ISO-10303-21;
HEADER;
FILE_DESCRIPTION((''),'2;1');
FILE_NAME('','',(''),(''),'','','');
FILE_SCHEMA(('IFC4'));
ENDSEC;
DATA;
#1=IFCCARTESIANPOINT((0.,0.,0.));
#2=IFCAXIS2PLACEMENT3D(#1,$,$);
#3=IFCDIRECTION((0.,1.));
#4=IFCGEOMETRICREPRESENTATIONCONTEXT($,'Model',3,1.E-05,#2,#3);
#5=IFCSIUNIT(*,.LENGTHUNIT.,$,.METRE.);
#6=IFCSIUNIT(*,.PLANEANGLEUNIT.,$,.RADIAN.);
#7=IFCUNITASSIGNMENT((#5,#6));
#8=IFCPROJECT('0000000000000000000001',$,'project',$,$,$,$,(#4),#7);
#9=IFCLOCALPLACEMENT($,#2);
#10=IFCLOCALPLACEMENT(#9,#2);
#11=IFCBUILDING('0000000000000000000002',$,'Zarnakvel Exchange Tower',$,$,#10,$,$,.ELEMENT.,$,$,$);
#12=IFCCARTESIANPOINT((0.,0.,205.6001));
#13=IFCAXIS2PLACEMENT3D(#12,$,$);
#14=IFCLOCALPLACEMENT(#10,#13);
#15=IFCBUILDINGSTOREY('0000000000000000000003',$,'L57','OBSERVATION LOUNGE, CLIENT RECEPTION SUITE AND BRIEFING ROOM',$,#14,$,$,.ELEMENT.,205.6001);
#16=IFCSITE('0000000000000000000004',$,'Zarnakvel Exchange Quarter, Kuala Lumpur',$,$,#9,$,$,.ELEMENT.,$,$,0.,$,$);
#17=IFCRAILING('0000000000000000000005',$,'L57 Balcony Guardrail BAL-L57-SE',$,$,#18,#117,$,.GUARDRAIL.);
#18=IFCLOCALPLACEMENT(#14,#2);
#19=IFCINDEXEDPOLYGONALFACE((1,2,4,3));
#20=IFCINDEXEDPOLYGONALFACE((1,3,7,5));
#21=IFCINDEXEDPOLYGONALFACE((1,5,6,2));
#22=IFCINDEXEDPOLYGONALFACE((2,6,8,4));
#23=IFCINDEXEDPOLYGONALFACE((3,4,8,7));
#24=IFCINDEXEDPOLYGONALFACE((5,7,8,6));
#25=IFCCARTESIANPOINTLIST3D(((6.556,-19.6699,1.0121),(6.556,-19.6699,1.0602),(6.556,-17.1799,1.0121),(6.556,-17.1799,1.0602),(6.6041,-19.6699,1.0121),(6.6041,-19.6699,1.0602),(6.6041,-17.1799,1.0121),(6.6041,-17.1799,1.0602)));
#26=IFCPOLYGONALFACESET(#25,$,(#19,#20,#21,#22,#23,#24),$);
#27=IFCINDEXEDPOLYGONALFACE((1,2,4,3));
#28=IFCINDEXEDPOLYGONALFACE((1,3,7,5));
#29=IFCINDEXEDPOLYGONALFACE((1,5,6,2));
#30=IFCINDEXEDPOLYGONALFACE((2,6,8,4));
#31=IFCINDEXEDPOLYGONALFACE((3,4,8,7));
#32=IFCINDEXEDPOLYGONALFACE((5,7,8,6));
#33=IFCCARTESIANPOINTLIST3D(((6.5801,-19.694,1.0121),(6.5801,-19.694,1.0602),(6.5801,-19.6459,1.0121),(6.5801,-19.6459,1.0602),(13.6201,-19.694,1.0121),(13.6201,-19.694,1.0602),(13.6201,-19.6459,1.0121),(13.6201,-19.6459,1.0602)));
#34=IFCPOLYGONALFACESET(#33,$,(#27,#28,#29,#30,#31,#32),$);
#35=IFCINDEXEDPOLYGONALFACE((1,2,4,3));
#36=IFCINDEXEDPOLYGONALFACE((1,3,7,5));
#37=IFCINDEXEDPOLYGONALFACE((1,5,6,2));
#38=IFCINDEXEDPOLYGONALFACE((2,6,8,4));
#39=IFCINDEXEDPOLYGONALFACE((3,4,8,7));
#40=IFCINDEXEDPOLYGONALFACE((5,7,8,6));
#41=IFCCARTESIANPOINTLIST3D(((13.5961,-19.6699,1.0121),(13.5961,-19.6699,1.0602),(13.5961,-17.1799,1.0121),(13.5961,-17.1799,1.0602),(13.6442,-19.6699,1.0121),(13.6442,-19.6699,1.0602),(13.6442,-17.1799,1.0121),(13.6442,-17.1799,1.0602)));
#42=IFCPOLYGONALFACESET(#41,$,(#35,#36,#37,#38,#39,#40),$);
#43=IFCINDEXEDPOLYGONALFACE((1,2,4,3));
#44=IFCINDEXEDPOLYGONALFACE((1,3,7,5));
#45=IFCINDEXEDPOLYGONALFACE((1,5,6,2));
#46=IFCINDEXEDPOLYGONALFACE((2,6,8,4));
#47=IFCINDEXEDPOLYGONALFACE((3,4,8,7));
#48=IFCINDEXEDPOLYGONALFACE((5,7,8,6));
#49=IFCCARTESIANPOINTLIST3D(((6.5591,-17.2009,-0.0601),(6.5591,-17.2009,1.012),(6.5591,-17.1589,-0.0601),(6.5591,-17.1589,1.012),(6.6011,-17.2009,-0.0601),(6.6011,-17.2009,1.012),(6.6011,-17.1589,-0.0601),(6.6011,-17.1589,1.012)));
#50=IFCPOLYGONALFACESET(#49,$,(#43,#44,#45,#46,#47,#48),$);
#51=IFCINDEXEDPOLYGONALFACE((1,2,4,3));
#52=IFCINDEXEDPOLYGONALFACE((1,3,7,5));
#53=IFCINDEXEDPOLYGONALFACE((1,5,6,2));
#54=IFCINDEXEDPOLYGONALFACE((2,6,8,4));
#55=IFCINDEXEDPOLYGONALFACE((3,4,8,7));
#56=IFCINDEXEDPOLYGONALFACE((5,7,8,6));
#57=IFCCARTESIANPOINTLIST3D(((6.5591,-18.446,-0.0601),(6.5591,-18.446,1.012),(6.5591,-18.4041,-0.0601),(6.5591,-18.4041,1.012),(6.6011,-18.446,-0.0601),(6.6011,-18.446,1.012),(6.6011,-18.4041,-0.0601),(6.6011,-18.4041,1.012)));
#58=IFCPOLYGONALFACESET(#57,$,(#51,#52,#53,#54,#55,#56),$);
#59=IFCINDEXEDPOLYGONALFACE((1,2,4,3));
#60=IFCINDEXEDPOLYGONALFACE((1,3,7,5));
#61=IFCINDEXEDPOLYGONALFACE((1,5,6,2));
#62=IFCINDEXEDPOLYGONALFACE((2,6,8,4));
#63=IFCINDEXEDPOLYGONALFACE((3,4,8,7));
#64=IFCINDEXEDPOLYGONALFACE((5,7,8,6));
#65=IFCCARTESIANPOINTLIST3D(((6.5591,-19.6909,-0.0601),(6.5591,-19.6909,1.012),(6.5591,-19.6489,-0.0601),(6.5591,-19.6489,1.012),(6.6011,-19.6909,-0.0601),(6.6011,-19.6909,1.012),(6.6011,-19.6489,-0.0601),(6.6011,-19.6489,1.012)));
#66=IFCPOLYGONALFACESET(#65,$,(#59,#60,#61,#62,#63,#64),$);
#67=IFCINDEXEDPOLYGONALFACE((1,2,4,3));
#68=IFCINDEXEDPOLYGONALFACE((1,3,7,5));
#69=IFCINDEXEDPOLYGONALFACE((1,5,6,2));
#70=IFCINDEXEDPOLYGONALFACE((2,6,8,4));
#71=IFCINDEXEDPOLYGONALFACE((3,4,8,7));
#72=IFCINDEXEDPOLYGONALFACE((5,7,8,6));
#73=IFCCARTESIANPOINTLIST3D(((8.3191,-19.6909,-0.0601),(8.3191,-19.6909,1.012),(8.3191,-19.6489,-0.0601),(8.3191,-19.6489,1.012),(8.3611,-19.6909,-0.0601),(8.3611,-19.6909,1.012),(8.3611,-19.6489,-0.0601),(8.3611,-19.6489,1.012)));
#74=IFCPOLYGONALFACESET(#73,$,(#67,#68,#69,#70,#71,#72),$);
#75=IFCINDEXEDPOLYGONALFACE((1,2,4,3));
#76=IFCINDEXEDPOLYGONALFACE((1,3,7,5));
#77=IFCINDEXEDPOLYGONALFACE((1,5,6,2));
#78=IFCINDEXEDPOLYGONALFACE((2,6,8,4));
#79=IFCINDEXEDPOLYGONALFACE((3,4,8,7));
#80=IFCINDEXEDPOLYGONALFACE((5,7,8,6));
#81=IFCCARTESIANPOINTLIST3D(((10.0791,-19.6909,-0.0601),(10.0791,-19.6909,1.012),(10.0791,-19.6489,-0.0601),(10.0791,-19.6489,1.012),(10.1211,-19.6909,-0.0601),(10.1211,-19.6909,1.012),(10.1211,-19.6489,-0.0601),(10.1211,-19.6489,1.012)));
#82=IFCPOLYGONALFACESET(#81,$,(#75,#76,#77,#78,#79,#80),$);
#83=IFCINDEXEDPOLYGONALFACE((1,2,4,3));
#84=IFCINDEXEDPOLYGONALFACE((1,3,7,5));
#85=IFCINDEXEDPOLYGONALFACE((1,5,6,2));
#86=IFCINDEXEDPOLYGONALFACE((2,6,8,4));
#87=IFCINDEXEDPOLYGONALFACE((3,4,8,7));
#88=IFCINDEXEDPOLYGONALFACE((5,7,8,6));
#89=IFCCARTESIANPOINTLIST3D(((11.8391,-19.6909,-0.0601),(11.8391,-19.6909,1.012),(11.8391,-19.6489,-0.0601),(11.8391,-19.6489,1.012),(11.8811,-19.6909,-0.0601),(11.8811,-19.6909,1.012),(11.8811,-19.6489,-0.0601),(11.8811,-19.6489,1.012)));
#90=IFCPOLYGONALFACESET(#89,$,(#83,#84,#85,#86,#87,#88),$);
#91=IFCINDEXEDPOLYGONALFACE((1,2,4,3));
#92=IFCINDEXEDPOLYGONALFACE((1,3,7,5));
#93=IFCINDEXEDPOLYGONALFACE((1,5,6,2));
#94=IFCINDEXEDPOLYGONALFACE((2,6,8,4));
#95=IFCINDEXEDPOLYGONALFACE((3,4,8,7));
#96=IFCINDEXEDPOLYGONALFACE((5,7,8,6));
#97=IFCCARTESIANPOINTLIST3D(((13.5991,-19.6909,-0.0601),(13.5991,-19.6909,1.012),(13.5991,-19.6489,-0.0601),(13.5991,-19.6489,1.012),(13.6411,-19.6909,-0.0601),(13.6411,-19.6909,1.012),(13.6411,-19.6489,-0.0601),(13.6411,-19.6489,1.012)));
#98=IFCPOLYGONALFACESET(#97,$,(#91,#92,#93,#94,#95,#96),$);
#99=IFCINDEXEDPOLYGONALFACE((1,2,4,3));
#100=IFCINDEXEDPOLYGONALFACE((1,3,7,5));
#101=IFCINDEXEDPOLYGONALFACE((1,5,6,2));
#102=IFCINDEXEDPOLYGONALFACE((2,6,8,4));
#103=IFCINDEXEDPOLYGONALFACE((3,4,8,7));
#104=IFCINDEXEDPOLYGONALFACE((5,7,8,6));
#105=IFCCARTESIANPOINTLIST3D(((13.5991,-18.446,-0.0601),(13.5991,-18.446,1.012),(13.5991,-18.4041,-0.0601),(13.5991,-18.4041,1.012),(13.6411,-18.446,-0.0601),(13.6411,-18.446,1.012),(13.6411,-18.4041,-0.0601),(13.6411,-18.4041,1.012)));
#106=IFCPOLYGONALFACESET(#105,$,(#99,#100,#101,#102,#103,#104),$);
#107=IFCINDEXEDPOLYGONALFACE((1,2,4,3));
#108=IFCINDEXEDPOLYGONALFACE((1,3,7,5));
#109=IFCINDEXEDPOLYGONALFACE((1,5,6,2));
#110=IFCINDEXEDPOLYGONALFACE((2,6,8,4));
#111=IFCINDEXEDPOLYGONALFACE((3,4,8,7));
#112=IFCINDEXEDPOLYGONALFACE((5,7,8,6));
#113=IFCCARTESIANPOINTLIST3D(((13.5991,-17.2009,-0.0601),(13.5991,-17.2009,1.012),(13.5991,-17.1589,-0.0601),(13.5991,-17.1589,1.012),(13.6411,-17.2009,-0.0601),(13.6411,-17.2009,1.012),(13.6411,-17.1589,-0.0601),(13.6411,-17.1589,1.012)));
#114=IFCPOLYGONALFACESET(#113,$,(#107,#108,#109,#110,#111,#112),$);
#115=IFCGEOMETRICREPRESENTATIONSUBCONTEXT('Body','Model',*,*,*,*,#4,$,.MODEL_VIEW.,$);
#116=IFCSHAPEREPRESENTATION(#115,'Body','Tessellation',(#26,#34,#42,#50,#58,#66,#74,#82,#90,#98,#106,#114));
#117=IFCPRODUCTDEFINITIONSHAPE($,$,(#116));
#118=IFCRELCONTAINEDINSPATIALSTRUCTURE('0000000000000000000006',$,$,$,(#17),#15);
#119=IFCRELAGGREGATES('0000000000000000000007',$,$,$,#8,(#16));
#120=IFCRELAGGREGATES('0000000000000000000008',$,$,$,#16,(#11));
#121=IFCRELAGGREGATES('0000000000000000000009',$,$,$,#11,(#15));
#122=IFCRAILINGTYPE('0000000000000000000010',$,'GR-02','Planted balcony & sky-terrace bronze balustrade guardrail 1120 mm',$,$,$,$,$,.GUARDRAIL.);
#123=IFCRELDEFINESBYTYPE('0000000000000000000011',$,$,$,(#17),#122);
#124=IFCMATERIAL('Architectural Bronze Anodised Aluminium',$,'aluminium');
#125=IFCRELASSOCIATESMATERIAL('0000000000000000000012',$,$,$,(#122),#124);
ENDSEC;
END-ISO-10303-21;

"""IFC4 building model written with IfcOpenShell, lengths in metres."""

from ifc_helpers import new_model, si_unit, direction, frame, origin, origin_2d, place, context, subcontext, project, spatial, rectangle, extrude, material, type_object, element, save


model = new_model("IFC4")

# Units and contexts
model_context = context("Model", 3, precision=1e-05, world=origin(), true_north=direction((0.0, 1.0)))
body_context = subcontext(model_context, "Body", "Model", "MODEL_VIEW")
ifc_project = project(units=[si_unit("LENGTHUNIT", "METRE"), si_unit("PLANEANGLEUNIT", "RADIAN")], contexts=[model_context])

# Site, building, storey
site_placement = place(None, origin())
site = spatial("IfcSite", under=ifc_project, at=site_placement, Name="Zarnakvel Exchange Quarter, Kuala Lumpur", CompositionType="ELEMENT", RefElevation=0.0)
building_placement = place(site_placement, origin())
building = spatial("IfcBuilding", under=site, at=building_placement, Name="Zarnakvel Exchange Tower", CompositionType="ELEMENT")
storey_placement = place(building_placement, frame((0.0, 0.0, 205.6001)))
storey = spatial("IfcBuildingStorey", under=building, at=storey_placement, Name="L57", Description="OBSERVATION LOUNGE, CLIENT RECEPTION SUITE AND BRIEFING ROOM", CompositionType="ELEMENT", Elevation=205.6001)

# Shared definitions
ifc_material_1 = material(Name="Architectural Bronze Anodised Aluminium", Category="aluminium")

# Railing
railing_type = type_object("IfcRailingType", Name="GR-02", Description="Planted balcony & sky-terrace bronze balustrade guardrail 1120 mm", PredefinedType="GUARDRAIL", material=ifc_material_1)
railing_placement = place(storey_placement, frame((6.5801, -17.1799, -0.0601)))
element("IfcRailing", 1, at=railing_placement, inside=storey, type_object=railing_type, Name="L57 Balcony Guardrail BAL-L57-SE", PredefinedType="GUARDRAIL", context=body_context, shape_type="SweptSolid", body=[
    extrude(rectangle(XDim=0.0481, YDim=0.0481, at=origin_2d()), frame((0.0, 0.0, 1.0962), z_axis=(0.0, -1.0, 0.0), x_axis=(1.0, 0.0, 0.0)), (0.0, 0.0, 1.0), 2.49),
    extrude(rectangle(XDim=0.0481, YDim=0.0481, at=origin_2d()), frame((0.0, -2.49, 1.0962), z_axis=(1.0, 0.0, 0.0), x_axis=(0.0, 1.0, 0.0)), (0.0, 0.0, 1.0), 7.04),
    extrude(rectangle(XDim=0.0481, YDim=0.0481, at=origin_2d()), frame((7.04, -2.49, 1.0962), z_axis=(0.0, 1.0, 0.0), x_axis=(-1.0, 0.0, 0.0)), (0.0, 0.0, 1.0), 2.49),
    extrude(rectangle(XDim=0.042, YDim=0.042, at=origin_2d()), origin(), (0.0, 0.0, 1.0), 1.072),
    extrude(rectangle(XDim=0.042, YDim=0.042, at=origin_2d()), frame((0.0, -1.2451, 0.0)), (0.0, 0.0, 1.0), 1.072),
    extrude(rectangle(XDim=0.042, YDim=0.042, at=origin_2d()), frame((0.0, -2.49, 0.0)), (0.0, 0.0, 1.0), 1.072),
    extrude(rectangle(XDim=0.042, YDim=0.042, at=origin_2d()), frame((1.76, -2.49, 0.0)), (0.0, 0.0, 1.0), 1.072),
    extrude(rectangle(XDim=0.042, YDim=0.042, at=origin_2d()), frame((3.52, -2.49, 0.0)), (0.0, 0.0, 1.0), 1.072),
    extrude(rectangle(XDim=0.042, YDim=0.042, at=origin_2d()), frame((5.28, -2.49, 0.0)), (0.0, 0.0, 1.0), 1.072),
    extrude(rectangle(XDim=0.042, YDim=0.042, at=origin_2d()), frame((7.04, -2.49, 0.0)), (0.0, 0.0, 1.0), 1.072),
    extrude(rectangle(XDim=0.042, YDim=0.042, at=origin_2d()), frame((7.04, -1.2451, 0.0)), (0.0, 0.0, 1.0), 1.072),
    extrude(rectangle(XDim=0.042, YDim=0.042, at=origin_2d()), frame((7.04, 0.0, 0.0)), (0.0, 0.0, 1.0), 1.072),
])

save(model, "model.ifc")
